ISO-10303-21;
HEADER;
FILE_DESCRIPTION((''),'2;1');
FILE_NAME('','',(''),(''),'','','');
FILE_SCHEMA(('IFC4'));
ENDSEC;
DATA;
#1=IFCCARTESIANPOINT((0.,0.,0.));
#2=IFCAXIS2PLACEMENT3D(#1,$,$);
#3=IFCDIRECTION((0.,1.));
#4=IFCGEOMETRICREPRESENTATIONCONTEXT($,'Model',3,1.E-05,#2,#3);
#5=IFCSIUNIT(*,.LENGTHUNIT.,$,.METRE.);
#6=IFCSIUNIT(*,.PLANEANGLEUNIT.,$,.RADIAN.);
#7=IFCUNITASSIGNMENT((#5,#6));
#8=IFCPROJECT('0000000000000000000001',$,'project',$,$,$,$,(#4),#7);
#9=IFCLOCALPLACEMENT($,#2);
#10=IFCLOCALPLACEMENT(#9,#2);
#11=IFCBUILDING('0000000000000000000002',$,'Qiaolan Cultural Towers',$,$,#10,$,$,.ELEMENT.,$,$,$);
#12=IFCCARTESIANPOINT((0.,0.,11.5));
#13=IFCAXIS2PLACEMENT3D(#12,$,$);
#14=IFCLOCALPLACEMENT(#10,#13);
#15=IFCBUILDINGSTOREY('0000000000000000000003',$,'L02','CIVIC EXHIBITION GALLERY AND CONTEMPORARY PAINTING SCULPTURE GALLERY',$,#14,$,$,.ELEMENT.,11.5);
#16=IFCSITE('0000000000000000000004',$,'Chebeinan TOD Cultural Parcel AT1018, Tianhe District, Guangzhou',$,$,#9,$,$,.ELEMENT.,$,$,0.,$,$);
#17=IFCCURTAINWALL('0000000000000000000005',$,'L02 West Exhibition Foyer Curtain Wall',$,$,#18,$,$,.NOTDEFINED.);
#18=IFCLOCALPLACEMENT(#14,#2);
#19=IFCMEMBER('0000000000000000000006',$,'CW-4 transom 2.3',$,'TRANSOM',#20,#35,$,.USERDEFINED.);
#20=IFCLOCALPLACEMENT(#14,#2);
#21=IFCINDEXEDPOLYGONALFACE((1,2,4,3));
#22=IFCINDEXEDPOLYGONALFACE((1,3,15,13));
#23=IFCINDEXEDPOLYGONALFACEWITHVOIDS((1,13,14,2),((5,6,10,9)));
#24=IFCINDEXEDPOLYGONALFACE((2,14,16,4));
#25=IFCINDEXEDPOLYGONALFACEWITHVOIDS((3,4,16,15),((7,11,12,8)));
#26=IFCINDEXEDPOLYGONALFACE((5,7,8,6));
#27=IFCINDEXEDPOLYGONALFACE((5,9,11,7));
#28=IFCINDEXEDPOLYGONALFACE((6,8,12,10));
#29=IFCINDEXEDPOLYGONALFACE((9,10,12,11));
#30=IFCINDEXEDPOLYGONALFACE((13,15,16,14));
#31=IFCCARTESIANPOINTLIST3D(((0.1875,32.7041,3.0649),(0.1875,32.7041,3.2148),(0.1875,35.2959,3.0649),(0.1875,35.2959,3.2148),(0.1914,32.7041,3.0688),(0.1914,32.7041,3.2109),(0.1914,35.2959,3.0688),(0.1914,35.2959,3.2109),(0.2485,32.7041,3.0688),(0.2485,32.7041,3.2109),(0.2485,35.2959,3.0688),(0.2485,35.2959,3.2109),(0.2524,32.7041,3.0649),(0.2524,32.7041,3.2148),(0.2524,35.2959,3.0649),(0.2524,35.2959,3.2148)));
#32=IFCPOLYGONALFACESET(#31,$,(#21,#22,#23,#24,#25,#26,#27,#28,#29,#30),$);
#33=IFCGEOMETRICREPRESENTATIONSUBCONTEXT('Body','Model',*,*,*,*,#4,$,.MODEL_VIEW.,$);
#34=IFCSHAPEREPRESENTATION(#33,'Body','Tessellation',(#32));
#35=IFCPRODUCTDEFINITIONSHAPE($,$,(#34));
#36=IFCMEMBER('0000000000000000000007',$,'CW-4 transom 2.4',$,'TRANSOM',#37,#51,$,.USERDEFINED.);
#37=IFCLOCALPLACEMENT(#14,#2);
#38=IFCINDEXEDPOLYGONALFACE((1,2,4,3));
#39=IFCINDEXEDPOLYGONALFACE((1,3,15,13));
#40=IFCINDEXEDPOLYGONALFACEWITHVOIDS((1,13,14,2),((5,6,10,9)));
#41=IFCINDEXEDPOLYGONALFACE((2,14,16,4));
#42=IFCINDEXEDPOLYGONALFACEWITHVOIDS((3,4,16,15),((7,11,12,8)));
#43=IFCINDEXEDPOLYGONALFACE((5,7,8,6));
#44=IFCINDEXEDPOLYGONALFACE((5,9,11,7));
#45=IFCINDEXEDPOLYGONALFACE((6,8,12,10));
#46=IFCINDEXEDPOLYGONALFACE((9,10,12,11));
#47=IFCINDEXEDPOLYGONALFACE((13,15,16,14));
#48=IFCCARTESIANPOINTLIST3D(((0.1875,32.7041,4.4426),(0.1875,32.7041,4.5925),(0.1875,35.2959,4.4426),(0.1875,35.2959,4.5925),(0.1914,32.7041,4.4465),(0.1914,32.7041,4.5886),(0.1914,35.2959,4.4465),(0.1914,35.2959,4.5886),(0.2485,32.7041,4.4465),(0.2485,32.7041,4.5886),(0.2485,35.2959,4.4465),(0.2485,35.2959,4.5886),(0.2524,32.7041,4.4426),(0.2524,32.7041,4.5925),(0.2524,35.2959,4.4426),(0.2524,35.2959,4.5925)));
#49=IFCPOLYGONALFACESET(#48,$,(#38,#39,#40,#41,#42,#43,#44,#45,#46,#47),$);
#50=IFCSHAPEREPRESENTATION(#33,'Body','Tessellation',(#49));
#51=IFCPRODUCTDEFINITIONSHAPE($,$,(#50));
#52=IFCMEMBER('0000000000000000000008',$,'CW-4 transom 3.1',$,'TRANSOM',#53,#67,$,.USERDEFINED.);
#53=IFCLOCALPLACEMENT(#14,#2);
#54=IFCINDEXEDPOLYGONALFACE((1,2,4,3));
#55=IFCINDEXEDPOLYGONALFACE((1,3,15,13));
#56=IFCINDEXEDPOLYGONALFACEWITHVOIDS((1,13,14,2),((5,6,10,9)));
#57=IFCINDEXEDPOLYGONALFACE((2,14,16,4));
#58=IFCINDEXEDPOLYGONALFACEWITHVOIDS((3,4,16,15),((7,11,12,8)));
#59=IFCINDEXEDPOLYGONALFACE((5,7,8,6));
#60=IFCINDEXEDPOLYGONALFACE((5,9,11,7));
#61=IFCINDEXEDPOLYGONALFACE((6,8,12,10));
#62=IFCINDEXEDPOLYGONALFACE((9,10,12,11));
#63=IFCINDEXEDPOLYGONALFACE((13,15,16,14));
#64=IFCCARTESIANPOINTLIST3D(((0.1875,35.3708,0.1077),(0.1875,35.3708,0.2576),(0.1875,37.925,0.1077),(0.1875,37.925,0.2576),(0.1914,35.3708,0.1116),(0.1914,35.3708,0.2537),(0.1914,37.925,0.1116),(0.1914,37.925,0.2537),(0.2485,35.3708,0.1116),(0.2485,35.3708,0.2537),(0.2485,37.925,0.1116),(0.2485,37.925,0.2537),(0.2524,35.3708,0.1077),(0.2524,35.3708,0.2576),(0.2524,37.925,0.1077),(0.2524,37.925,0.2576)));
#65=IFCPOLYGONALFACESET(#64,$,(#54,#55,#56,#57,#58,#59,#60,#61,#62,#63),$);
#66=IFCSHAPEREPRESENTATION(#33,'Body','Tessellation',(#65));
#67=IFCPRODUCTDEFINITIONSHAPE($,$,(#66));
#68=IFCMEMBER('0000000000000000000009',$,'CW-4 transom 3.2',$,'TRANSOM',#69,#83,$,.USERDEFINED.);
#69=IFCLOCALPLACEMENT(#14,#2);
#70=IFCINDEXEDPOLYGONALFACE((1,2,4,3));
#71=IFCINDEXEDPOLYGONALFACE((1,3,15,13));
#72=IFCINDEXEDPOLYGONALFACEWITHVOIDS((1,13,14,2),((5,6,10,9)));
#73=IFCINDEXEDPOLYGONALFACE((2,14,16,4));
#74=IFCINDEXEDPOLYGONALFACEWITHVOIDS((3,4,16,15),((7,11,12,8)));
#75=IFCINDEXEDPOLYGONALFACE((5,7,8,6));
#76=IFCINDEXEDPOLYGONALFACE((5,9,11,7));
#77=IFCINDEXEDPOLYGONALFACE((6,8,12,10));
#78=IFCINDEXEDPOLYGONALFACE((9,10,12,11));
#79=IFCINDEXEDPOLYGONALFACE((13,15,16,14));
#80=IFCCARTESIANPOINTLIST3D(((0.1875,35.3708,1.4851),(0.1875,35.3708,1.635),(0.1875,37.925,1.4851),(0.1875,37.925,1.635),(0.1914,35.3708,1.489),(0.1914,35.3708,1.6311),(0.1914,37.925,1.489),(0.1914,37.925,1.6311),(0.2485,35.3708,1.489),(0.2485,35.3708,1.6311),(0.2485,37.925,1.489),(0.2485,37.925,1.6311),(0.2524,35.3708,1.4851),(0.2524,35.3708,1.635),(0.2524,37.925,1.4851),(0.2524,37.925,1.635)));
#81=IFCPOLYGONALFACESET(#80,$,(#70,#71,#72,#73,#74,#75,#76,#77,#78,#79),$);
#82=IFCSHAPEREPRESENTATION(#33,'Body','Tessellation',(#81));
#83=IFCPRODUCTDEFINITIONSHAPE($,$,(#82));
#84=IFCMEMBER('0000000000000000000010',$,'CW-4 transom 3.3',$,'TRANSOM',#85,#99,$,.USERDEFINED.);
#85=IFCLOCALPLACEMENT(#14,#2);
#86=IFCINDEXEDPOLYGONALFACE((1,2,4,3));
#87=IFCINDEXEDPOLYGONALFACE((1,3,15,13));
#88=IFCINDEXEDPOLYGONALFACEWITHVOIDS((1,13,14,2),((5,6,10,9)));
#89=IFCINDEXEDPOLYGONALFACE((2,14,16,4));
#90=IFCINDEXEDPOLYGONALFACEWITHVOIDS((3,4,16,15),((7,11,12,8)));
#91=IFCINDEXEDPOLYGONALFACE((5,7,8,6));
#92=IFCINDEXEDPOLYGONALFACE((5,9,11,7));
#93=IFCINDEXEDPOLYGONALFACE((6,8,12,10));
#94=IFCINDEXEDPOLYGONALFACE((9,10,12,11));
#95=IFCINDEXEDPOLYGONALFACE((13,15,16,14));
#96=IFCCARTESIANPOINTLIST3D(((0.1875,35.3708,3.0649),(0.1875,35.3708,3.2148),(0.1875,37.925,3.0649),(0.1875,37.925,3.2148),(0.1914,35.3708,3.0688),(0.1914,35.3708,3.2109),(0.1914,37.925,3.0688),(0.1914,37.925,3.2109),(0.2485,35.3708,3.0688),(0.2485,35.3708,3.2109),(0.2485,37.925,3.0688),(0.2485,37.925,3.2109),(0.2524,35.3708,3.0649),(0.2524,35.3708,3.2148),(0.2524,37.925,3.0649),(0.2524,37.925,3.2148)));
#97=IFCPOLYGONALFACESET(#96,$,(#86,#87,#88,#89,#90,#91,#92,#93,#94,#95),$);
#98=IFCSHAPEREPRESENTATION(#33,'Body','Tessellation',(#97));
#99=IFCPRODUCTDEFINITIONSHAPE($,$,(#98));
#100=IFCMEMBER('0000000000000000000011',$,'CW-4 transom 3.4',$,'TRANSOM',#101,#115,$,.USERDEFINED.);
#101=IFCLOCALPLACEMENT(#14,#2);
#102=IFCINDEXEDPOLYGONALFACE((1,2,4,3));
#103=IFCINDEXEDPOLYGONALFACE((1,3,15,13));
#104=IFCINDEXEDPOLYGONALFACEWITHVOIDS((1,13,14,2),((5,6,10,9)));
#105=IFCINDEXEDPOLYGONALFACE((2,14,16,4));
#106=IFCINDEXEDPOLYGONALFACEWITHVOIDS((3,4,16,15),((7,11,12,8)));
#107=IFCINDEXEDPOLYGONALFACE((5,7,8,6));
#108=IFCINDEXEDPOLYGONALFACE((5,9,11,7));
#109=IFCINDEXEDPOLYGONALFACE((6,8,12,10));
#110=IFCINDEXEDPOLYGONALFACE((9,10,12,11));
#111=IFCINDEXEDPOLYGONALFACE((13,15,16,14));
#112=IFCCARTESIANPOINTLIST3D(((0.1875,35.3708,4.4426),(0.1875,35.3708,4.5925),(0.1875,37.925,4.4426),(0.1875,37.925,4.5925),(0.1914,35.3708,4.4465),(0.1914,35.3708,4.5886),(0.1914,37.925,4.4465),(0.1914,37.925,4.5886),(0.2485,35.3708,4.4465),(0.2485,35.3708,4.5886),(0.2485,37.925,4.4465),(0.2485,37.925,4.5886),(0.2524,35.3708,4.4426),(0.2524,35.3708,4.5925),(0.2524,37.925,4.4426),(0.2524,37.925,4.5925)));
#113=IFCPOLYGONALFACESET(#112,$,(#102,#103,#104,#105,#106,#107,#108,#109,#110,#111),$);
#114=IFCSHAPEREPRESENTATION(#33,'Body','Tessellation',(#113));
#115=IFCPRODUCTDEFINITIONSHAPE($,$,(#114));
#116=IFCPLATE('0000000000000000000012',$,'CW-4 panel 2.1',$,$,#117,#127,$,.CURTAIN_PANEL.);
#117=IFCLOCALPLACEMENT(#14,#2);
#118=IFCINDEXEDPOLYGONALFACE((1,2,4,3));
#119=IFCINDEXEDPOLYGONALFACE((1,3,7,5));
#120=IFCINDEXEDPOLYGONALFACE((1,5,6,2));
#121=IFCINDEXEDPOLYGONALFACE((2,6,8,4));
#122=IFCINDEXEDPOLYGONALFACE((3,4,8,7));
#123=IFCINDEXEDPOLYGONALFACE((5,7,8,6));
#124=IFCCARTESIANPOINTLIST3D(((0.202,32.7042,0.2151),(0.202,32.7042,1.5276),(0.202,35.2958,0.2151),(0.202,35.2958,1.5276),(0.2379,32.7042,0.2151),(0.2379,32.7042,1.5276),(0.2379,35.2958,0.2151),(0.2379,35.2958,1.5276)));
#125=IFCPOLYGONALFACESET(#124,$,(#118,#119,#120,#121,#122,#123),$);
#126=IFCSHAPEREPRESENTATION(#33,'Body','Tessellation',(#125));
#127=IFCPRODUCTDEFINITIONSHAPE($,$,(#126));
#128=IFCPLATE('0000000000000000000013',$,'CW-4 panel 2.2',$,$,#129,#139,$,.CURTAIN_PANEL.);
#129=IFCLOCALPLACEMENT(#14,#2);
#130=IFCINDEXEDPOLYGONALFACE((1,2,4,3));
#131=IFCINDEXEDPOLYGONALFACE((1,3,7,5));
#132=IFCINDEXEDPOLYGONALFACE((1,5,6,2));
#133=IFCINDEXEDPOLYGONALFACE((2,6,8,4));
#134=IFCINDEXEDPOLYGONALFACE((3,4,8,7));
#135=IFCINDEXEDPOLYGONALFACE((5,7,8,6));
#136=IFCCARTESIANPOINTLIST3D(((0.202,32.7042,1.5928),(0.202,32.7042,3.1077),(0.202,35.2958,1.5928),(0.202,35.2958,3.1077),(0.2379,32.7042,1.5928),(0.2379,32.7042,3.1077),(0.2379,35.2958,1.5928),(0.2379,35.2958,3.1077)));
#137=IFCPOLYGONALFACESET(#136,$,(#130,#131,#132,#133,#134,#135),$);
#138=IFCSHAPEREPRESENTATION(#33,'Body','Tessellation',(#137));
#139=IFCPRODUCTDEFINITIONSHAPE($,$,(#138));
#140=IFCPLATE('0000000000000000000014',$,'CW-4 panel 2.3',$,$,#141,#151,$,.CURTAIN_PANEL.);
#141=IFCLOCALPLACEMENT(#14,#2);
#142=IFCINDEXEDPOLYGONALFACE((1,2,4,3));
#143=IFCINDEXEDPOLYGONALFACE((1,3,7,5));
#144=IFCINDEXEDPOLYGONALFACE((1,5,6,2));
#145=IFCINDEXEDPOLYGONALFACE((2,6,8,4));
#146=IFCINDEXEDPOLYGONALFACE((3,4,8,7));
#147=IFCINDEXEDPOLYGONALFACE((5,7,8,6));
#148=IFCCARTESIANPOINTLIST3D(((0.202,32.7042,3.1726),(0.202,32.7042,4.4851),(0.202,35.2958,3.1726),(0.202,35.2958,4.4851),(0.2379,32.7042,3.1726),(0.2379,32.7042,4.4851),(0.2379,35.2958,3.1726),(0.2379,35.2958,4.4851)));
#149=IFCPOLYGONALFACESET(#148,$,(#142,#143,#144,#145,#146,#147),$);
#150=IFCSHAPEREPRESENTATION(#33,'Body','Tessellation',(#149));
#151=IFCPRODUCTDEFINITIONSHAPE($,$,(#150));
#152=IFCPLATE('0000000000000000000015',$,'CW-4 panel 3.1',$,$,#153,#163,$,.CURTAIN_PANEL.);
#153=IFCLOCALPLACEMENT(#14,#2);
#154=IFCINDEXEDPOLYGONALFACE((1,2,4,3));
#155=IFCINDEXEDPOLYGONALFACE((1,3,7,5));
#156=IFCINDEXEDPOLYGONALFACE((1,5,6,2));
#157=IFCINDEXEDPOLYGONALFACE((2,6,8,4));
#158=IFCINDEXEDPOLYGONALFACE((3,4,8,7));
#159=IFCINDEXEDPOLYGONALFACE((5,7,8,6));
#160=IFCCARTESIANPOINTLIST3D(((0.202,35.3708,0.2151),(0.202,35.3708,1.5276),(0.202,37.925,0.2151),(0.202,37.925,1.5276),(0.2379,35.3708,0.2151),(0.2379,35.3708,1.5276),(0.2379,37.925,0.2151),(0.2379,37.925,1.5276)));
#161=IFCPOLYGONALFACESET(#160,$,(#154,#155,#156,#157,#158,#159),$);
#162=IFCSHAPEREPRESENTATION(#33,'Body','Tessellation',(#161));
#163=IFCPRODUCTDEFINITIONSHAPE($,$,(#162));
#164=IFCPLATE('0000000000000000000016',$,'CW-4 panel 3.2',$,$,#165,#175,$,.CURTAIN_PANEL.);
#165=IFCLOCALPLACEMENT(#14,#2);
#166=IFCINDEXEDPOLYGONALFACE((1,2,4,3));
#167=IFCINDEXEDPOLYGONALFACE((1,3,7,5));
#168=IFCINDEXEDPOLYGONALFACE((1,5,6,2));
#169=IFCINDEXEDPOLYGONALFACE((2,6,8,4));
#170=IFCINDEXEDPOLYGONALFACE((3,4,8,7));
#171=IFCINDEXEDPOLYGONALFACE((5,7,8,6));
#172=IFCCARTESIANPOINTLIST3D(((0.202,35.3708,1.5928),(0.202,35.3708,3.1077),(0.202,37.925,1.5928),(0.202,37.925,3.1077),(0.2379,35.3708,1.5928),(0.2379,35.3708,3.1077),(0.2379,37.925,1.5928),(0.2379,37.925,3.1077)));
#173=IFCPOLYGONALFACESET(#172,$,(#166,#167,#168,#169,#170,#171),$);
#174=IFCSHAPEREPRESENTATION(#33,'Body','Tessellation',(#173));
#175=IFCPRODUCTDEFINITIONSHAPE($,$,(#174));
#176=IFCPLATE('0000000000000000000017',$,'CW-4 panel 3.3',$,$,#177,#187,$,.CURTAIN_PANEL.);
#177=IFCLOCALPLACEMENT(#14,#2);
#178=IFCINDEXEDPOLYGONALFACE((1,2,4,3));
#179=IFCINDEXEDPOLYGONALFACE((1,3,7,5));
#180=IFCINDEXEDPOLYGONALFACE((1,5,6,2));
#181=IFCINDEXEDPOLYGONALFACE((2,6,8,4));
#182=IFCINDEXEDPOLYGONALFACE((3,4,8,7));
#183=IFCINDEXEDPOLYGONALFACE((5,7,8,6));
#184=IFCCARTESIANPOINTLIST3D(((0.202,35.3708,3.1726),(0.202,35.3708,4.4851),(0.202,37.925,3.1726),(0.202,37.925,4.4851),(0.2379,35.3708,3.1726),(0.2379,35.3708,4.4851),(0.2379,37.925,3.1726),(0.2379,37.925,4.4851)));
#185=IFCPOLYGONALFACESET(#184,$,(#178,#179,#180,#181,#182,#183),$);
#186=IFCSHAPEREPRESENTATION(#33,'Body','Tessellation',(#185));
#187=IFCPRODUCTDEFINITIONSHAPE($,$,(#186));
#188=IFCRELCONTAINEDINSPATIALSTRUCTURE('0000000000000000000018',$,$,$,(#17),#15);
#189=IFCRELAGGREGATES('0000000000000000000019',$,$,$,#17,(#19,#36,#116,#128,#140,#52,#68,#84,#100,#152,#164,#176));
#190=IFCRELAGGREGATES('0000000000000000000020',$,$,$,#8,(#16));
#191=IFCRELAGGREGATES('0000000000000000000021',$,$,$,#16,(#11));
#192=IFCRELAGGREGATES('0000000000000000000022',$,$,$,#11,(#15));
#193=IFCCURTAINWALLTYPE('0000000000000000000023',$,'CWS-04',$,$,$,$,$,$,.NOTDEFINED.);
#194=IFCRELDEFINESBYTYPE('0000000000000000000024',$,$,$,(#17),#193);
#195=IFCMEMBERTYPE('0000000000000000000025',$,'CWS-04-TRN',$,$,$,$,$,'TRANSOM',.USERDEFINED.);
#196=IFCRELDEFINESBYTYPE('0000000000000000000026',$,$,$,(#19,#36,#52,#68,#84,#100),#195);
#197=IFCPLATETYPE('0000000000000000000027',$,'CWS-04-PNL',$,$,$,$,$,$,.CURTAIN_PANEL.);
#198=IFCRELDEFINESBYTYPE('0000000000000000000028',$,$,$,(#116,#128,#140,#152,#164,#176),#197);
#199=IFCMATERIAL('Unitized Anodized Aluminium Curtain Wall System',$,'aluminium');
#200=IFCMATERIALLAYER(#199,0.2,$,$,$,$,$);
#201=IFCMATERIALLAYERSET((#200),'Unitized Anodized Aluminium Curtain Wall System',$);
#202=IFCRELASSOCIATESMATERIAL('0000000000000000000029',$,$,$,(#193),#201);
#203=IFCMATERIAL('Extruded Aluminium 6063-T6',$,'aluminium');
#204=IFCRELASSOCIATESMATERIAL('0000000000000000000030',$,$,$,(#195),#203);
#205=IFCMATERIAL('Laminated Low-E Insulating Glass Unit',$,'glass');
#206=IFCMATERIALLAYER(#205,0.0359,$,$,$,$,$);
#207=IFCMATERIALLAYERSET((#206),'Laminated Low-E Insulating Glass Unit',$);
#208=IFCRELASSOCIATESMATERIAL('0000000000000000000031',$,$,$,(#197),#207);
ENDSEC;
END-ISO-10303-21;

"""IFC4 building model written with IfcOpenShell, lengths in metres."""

from ifc_helpers import new_model, si_unit, direction, frame, origin, origin_2d, place, context, subcontext, project, spatial, rectangle, hollow_rectangle, extrude, material, layer, layer_set, material_profile, profile_set, type_object, element, aggregate, save


model = new_model("IFC4")

# Units and contexts
model_context = context("Model", 3, precision=1e-05, world=origin(), true_north=direction((0.0, 1.0)))
body_context = subcontext(model_context, "Body", "Model", "MODEL_VIEW")
ifc_project = project(units=[si_unit("LENGTHUNIT", "METRE"), si_unit("PLANEANGLEUNIT", "RADIAN")], contexts=[model_context])

# Site, building, storey
site_placement = place(None, origin())
site = spatial("IfcSite", under=ifc_project, at=site_placement, Name="Chebeinan TOD Cultural Parcel AT1018, Tianhe District, Guangzhou", CompositionType="ELEMENT", RefElevation=0.0)
building_placement = place(site_placement, origin())
building = spatial("IfcBuilding", under=site, at=building_placement, Name="Qiaolan Cultural Towers", CompositionType="ELEMENT")
storey_placement = place(building_placement, frame((0.0, 0.0, 11.5)))
storey = spatial("IfcBuildingStorey", under=building, at=storey_placement, Name="L02", Description="CIVIC EXHIBITION GALLERY AND CONTEMPORARY PAINTING SCULPTURE GALLERY", CompositionType="ELEMENT", Elevation=11.5)

# Curtain wall, members, plates
ifc_material_1 = material(Name="Unitized Anodized Aluminium Curtain Wall System", Category="aluminium")
ifc_layer_1 = layer(ifc_material_1, 0.2)
ifc_layer_set_1 = layer_set([ifc_layer_1], Name="Unitized Anodized Aluminium Curtain Wall System")
curtain_wall_type = type_object("IfcCurtainWallType", Name="CWS-04", PredefinedType="NOTDEFINED", material=ifc_layer_set_1)
curtain_wall_placement = place(storey_placement, origin())
curtain_wall = element("IfcCurtainWall", 1, at=curtain_wall_placement, inside=storey, type_object=curtain_wall_type, Name="L02 West Exhibition Foyer Curtain Wall", PredefinedType="NOTDEFINED")
ifc_material_2 = material(Name="Extruded Aluminium 6063-T6", Category="aluminium")
ifc_material_profile_1 = material_profile(ifc_material_2, hollow_rectangle(XDim=0.0649, YDim=0.1499, WallThickness=0.0039, at=origin_2d()), Name="CWT-150x65x4")
ifc_profile_set_1 = profile_set([ifc_material_profile_1], Name="Extruded Aluminium 6063-T6")
member_type_1 = type_object("IfcMemberType", Name="CWS-04-TRN", ElementType="TRANSOM", PredefinedType="USERDEFINED", material=ifc_profile_set_1)
member_1_placement = place(storey_placement, frame((0.22, 32.7041, 3.1399), z_axis=(0.0, 1.0, 0.0), x_axis=(-1.0, 0.0, 0.0)))
member_1 = element("IfcMember", 2, at=member_1_placement, type_object=member_type_1, Name="CW-4 transom 2.3", ObjectType="TRANSOM", PredefinedType="USERDEFINED", context=body_context, shape_type="SweptSolid", body=[
    extrude(hollow_rectangle(XDim=0.0649, YDim=0.1499, WallThickness=0.0039, at=origin_2d()), origin(), (0.0, 0.0, 1.0), 2.5918),
])
member_2_placement = place(storey_placement, frame((0.22, 32.7041, 4.5176), z_axis=(0.0, 1.0, 0.0), x_axis=(-1.0, 0.0, 0.0)))
member_2 = element("IfcMember", 3, at=member_2_placement, type_object=member_type_1, Name="CW-4 transom 2.4", ObjectType="TRANSOM", PredefinedType="USERDEFINED", context=body_context, shape_type="SweptSolid", body=[
    extrude(hollow_rectangle(XDim=0.0649, YDim=0.1499, WallThickness=0.0039, at=origin_2d()), origin(), (0.0, 0.0, 1.0), 2.5918),
])
member_3_placement = place(storey_placement, frame((0.22, 35.3708, 0.1826), z_axis=(0.0, 1.0, 0.0), x_axis=(-1.0, 0.0, 0.0)))
member_3 = element("IfcMember", 4, at=member_3_placement, type_object=member_type_1, Name="CW-4 transom 3.1", ObjectType="TRANSOM", PredefinedType="USERDEFINED", context=body_context, shape_type="SweptSolid", body=[
    extrude(hollow_rectangle(XDim=0.0649, YDim=0.1499, WallThickness=0.0039, at=origin_2d()), origin(), (0.0, 0.0, 1.0), 2.5542),
])
member_4_placement = place(storey_placement, frame((0.22, 35.3708, 1.5601), z_axis=(0.0, 1.0, 0.0), x_axis=(-1.0, 0.0, 0.0)))
member_4 = element("IfcMember", 5, at=member_4_placement, type_object=member_type_1, Name="CW-4 transom 3.2", ObjectType="TRANSOM", PredefinedType="USERDEFINED", context=body_context, shape_type="SweptSolid", body=[
    extrude(hollow_rectangle(XDim=0.0649, YDim=0.1499, WallThickness=0.0039, at=origin_2d()), origin(), (0.0, 0.0, 1.0), 2.5542),
])
member_5_placement = place(storey_placement, frame((0.22, 35.3708, 3.1399), z_axis=(0.0, 1.0, 0.0), x_axis=(-1.0, 0.0, 0.0)))
member_5 = element("IfcMember", 6, at=member_5_placement, type_object=member_type_1, Name="CW-4 transom 3.3", ObjectType="TRANSOM", PredefinedType="USERDEFINED", context=body_context, shape_type="SweptSolid", body=[
    extrude(hollow_rectangle(XDim=0.0649, YDim=0.1499, WallThickness=0.0039, at=origin_2d()), origin(), (0.0, 0.0, 1.0), 2.5542),
])
member_6_placement = place(storey_placement, frame((0.22, 35.3708, 4.5176), z_axis=(0.0, 1.0, 0.0), x_axis=(-1.0, 0.0, 0.0)))
member_6 = element("IfcMember", 7, at=member_6_placement, type_object=member_type_1, Name="CW-4 transom 3.4", ObjectType="TRANSOM", PredefinedType="USERDEFINED", context=body_context, shape_type="SweptSolid", body=[
    extrude(hollow_rectangle(XDim=0.0649, YDim=0.1499, WallThickness=0.0039, at=origin_2d()), origin(), (0.0, 0.0, 1.0), 2.5542),
])
ifc_material_3 = material(Name="Laminated Low-E Insulating Glass Unit", Category="glass")
ifc_layer_2 = layer(ifc_material_3, 0.0359)
ifc_layer_set_2 = layer_set([ifc_layer_2], Name="Laminated Low-E Insulating Glass Unit")
plate_type = type_object("IfcPlateType", Name="CWS-04-PNL", PredefinedType="CURTAIN_PANEL", material=ifc_layer_set_2)
plate_1_placement = place(storey_placement, frame((0.22, 34.0, 0.2151), z_axis=(0.0, 0.0, 1.0), x_axis=(0.0, 1.0, 0.0)))
plate_1 = element("IfcPlate", 8, at=plate_1_placement, type_object=plate_type, Name="CW-4 panel 2.1", PredefinedType="CURTAIN_PANEL", context=body_context, shape_type="SweptSolid", body=[
    extrude(rectangle(XDim=2.5916, YDim=0.0359, at=origin_2d()), origin(), (0.0, 0.0, 1.0), 1.3125),
])
plate_2_placement = place(storey_placement, frame((0.22, 34.0, 1.5928), z_axis=(0.0, 0.0, 1.0), x_axis=(0.0, 1.0, 0.0)))
plate_2 = element("IfcPlate", 9, at=plate_2_placement, type_object=plate_type, Name="CW-4 panel 2.2", PredefinedType="CURTAIN_PANEL", context=body_context, shape_type="SweptSolid", body=[
    extrude(rectangle(XDim=2.5916, YDim=0.0359, at=origin_2d()), origin(), (0.0, 0.0, 1.0), 1.5149),
])
plate_3_placement = place(storey_placement, frame((0.22, 34.0, 3.1726), z_axis=(0.0, 0.0, 1.0), x_axis=(0.0, 1.0, 0.0)))
plate_3 = element("IfcPlate", 10, at=plate_3_placement, type_object=plate_type, Name="CW-4 panel 2.3", PredefinedType="CURTAIN_PANEL", context=body_context, shape_type="SweptSolid", body=[
    extrude(rectangle(XDim=2.5916, YDim=0.0359, at=origin_2d()), origin(), (0.0, 0.0, 1.0), 1.3125),
])
plate_4_placement = place(storey_placement, frame((0.22, 36.6479, 0.2151), z_axis=(0.0, 0.0, 1.0), x_axis=(0.0, 1.0, 0.0)))
plate_4 = element("IfcPlate", 11, at=plate_4_placement, type_object=plate_type, Name="CW-4 panel 3.1", PredefinedType="CURTAIN_PANEL", context=body_context, shape_type="SweptSolid", body=[
    extrude(rectangle(XDim=2.5542, YDim=0.0359, at=origin_2d()), origin(), (0.0, 0.0, 1.0), 1.3125),
])
plate_5_placement = place(storey_placement, frame((0.22, 36.6479, 1.5928), z_axis=(0.0, 0.0, 1.0), x_axis=(0.0, 1.0, 0.0)))
plate_5 = element("IfcPlate", 12, at=plate_5_placement, type_object=plate_type, Name="CW-4 panel 3.2", PredefinedType="CURTAIN_PANEL", context=body_context, shape_type="SweptSolid", body=[
    extrude(rectangle(XDim=2.5542, YDim=0.0359, at=origin_2d()), origin(), (0.0, 0.0, 1.0), 1.5149),
])
plate_6_placement = place(storey_placement, frame((0.22, 36.6479, 3.1726), z_axis=(0.0, 0.0, 1.0), x_axis=(0.0, 1.0, 0.0)))
plate_6 = element("IfcPlate", 13, at=plate_6_placement, type_object=plate_type, Name="CW-4 panel 3.3", PredefinedType="CURTAIN_PANEL", context=body_context, shape_type="SweptSolid", body=[
    extrude(rectangle(XDim=2.5542, YDim=0.0359, at=origin_2d()), origin(), (0.0, 0.0, 1.0), 1.3125),
])
aggregate(curtain_wall, [member_1, member_2, plate_1, plate_2, plate_3, member_3, member_4, member_5, member_6, plate_4, plate_5, plate_6])

save(model, "model.ifc")
